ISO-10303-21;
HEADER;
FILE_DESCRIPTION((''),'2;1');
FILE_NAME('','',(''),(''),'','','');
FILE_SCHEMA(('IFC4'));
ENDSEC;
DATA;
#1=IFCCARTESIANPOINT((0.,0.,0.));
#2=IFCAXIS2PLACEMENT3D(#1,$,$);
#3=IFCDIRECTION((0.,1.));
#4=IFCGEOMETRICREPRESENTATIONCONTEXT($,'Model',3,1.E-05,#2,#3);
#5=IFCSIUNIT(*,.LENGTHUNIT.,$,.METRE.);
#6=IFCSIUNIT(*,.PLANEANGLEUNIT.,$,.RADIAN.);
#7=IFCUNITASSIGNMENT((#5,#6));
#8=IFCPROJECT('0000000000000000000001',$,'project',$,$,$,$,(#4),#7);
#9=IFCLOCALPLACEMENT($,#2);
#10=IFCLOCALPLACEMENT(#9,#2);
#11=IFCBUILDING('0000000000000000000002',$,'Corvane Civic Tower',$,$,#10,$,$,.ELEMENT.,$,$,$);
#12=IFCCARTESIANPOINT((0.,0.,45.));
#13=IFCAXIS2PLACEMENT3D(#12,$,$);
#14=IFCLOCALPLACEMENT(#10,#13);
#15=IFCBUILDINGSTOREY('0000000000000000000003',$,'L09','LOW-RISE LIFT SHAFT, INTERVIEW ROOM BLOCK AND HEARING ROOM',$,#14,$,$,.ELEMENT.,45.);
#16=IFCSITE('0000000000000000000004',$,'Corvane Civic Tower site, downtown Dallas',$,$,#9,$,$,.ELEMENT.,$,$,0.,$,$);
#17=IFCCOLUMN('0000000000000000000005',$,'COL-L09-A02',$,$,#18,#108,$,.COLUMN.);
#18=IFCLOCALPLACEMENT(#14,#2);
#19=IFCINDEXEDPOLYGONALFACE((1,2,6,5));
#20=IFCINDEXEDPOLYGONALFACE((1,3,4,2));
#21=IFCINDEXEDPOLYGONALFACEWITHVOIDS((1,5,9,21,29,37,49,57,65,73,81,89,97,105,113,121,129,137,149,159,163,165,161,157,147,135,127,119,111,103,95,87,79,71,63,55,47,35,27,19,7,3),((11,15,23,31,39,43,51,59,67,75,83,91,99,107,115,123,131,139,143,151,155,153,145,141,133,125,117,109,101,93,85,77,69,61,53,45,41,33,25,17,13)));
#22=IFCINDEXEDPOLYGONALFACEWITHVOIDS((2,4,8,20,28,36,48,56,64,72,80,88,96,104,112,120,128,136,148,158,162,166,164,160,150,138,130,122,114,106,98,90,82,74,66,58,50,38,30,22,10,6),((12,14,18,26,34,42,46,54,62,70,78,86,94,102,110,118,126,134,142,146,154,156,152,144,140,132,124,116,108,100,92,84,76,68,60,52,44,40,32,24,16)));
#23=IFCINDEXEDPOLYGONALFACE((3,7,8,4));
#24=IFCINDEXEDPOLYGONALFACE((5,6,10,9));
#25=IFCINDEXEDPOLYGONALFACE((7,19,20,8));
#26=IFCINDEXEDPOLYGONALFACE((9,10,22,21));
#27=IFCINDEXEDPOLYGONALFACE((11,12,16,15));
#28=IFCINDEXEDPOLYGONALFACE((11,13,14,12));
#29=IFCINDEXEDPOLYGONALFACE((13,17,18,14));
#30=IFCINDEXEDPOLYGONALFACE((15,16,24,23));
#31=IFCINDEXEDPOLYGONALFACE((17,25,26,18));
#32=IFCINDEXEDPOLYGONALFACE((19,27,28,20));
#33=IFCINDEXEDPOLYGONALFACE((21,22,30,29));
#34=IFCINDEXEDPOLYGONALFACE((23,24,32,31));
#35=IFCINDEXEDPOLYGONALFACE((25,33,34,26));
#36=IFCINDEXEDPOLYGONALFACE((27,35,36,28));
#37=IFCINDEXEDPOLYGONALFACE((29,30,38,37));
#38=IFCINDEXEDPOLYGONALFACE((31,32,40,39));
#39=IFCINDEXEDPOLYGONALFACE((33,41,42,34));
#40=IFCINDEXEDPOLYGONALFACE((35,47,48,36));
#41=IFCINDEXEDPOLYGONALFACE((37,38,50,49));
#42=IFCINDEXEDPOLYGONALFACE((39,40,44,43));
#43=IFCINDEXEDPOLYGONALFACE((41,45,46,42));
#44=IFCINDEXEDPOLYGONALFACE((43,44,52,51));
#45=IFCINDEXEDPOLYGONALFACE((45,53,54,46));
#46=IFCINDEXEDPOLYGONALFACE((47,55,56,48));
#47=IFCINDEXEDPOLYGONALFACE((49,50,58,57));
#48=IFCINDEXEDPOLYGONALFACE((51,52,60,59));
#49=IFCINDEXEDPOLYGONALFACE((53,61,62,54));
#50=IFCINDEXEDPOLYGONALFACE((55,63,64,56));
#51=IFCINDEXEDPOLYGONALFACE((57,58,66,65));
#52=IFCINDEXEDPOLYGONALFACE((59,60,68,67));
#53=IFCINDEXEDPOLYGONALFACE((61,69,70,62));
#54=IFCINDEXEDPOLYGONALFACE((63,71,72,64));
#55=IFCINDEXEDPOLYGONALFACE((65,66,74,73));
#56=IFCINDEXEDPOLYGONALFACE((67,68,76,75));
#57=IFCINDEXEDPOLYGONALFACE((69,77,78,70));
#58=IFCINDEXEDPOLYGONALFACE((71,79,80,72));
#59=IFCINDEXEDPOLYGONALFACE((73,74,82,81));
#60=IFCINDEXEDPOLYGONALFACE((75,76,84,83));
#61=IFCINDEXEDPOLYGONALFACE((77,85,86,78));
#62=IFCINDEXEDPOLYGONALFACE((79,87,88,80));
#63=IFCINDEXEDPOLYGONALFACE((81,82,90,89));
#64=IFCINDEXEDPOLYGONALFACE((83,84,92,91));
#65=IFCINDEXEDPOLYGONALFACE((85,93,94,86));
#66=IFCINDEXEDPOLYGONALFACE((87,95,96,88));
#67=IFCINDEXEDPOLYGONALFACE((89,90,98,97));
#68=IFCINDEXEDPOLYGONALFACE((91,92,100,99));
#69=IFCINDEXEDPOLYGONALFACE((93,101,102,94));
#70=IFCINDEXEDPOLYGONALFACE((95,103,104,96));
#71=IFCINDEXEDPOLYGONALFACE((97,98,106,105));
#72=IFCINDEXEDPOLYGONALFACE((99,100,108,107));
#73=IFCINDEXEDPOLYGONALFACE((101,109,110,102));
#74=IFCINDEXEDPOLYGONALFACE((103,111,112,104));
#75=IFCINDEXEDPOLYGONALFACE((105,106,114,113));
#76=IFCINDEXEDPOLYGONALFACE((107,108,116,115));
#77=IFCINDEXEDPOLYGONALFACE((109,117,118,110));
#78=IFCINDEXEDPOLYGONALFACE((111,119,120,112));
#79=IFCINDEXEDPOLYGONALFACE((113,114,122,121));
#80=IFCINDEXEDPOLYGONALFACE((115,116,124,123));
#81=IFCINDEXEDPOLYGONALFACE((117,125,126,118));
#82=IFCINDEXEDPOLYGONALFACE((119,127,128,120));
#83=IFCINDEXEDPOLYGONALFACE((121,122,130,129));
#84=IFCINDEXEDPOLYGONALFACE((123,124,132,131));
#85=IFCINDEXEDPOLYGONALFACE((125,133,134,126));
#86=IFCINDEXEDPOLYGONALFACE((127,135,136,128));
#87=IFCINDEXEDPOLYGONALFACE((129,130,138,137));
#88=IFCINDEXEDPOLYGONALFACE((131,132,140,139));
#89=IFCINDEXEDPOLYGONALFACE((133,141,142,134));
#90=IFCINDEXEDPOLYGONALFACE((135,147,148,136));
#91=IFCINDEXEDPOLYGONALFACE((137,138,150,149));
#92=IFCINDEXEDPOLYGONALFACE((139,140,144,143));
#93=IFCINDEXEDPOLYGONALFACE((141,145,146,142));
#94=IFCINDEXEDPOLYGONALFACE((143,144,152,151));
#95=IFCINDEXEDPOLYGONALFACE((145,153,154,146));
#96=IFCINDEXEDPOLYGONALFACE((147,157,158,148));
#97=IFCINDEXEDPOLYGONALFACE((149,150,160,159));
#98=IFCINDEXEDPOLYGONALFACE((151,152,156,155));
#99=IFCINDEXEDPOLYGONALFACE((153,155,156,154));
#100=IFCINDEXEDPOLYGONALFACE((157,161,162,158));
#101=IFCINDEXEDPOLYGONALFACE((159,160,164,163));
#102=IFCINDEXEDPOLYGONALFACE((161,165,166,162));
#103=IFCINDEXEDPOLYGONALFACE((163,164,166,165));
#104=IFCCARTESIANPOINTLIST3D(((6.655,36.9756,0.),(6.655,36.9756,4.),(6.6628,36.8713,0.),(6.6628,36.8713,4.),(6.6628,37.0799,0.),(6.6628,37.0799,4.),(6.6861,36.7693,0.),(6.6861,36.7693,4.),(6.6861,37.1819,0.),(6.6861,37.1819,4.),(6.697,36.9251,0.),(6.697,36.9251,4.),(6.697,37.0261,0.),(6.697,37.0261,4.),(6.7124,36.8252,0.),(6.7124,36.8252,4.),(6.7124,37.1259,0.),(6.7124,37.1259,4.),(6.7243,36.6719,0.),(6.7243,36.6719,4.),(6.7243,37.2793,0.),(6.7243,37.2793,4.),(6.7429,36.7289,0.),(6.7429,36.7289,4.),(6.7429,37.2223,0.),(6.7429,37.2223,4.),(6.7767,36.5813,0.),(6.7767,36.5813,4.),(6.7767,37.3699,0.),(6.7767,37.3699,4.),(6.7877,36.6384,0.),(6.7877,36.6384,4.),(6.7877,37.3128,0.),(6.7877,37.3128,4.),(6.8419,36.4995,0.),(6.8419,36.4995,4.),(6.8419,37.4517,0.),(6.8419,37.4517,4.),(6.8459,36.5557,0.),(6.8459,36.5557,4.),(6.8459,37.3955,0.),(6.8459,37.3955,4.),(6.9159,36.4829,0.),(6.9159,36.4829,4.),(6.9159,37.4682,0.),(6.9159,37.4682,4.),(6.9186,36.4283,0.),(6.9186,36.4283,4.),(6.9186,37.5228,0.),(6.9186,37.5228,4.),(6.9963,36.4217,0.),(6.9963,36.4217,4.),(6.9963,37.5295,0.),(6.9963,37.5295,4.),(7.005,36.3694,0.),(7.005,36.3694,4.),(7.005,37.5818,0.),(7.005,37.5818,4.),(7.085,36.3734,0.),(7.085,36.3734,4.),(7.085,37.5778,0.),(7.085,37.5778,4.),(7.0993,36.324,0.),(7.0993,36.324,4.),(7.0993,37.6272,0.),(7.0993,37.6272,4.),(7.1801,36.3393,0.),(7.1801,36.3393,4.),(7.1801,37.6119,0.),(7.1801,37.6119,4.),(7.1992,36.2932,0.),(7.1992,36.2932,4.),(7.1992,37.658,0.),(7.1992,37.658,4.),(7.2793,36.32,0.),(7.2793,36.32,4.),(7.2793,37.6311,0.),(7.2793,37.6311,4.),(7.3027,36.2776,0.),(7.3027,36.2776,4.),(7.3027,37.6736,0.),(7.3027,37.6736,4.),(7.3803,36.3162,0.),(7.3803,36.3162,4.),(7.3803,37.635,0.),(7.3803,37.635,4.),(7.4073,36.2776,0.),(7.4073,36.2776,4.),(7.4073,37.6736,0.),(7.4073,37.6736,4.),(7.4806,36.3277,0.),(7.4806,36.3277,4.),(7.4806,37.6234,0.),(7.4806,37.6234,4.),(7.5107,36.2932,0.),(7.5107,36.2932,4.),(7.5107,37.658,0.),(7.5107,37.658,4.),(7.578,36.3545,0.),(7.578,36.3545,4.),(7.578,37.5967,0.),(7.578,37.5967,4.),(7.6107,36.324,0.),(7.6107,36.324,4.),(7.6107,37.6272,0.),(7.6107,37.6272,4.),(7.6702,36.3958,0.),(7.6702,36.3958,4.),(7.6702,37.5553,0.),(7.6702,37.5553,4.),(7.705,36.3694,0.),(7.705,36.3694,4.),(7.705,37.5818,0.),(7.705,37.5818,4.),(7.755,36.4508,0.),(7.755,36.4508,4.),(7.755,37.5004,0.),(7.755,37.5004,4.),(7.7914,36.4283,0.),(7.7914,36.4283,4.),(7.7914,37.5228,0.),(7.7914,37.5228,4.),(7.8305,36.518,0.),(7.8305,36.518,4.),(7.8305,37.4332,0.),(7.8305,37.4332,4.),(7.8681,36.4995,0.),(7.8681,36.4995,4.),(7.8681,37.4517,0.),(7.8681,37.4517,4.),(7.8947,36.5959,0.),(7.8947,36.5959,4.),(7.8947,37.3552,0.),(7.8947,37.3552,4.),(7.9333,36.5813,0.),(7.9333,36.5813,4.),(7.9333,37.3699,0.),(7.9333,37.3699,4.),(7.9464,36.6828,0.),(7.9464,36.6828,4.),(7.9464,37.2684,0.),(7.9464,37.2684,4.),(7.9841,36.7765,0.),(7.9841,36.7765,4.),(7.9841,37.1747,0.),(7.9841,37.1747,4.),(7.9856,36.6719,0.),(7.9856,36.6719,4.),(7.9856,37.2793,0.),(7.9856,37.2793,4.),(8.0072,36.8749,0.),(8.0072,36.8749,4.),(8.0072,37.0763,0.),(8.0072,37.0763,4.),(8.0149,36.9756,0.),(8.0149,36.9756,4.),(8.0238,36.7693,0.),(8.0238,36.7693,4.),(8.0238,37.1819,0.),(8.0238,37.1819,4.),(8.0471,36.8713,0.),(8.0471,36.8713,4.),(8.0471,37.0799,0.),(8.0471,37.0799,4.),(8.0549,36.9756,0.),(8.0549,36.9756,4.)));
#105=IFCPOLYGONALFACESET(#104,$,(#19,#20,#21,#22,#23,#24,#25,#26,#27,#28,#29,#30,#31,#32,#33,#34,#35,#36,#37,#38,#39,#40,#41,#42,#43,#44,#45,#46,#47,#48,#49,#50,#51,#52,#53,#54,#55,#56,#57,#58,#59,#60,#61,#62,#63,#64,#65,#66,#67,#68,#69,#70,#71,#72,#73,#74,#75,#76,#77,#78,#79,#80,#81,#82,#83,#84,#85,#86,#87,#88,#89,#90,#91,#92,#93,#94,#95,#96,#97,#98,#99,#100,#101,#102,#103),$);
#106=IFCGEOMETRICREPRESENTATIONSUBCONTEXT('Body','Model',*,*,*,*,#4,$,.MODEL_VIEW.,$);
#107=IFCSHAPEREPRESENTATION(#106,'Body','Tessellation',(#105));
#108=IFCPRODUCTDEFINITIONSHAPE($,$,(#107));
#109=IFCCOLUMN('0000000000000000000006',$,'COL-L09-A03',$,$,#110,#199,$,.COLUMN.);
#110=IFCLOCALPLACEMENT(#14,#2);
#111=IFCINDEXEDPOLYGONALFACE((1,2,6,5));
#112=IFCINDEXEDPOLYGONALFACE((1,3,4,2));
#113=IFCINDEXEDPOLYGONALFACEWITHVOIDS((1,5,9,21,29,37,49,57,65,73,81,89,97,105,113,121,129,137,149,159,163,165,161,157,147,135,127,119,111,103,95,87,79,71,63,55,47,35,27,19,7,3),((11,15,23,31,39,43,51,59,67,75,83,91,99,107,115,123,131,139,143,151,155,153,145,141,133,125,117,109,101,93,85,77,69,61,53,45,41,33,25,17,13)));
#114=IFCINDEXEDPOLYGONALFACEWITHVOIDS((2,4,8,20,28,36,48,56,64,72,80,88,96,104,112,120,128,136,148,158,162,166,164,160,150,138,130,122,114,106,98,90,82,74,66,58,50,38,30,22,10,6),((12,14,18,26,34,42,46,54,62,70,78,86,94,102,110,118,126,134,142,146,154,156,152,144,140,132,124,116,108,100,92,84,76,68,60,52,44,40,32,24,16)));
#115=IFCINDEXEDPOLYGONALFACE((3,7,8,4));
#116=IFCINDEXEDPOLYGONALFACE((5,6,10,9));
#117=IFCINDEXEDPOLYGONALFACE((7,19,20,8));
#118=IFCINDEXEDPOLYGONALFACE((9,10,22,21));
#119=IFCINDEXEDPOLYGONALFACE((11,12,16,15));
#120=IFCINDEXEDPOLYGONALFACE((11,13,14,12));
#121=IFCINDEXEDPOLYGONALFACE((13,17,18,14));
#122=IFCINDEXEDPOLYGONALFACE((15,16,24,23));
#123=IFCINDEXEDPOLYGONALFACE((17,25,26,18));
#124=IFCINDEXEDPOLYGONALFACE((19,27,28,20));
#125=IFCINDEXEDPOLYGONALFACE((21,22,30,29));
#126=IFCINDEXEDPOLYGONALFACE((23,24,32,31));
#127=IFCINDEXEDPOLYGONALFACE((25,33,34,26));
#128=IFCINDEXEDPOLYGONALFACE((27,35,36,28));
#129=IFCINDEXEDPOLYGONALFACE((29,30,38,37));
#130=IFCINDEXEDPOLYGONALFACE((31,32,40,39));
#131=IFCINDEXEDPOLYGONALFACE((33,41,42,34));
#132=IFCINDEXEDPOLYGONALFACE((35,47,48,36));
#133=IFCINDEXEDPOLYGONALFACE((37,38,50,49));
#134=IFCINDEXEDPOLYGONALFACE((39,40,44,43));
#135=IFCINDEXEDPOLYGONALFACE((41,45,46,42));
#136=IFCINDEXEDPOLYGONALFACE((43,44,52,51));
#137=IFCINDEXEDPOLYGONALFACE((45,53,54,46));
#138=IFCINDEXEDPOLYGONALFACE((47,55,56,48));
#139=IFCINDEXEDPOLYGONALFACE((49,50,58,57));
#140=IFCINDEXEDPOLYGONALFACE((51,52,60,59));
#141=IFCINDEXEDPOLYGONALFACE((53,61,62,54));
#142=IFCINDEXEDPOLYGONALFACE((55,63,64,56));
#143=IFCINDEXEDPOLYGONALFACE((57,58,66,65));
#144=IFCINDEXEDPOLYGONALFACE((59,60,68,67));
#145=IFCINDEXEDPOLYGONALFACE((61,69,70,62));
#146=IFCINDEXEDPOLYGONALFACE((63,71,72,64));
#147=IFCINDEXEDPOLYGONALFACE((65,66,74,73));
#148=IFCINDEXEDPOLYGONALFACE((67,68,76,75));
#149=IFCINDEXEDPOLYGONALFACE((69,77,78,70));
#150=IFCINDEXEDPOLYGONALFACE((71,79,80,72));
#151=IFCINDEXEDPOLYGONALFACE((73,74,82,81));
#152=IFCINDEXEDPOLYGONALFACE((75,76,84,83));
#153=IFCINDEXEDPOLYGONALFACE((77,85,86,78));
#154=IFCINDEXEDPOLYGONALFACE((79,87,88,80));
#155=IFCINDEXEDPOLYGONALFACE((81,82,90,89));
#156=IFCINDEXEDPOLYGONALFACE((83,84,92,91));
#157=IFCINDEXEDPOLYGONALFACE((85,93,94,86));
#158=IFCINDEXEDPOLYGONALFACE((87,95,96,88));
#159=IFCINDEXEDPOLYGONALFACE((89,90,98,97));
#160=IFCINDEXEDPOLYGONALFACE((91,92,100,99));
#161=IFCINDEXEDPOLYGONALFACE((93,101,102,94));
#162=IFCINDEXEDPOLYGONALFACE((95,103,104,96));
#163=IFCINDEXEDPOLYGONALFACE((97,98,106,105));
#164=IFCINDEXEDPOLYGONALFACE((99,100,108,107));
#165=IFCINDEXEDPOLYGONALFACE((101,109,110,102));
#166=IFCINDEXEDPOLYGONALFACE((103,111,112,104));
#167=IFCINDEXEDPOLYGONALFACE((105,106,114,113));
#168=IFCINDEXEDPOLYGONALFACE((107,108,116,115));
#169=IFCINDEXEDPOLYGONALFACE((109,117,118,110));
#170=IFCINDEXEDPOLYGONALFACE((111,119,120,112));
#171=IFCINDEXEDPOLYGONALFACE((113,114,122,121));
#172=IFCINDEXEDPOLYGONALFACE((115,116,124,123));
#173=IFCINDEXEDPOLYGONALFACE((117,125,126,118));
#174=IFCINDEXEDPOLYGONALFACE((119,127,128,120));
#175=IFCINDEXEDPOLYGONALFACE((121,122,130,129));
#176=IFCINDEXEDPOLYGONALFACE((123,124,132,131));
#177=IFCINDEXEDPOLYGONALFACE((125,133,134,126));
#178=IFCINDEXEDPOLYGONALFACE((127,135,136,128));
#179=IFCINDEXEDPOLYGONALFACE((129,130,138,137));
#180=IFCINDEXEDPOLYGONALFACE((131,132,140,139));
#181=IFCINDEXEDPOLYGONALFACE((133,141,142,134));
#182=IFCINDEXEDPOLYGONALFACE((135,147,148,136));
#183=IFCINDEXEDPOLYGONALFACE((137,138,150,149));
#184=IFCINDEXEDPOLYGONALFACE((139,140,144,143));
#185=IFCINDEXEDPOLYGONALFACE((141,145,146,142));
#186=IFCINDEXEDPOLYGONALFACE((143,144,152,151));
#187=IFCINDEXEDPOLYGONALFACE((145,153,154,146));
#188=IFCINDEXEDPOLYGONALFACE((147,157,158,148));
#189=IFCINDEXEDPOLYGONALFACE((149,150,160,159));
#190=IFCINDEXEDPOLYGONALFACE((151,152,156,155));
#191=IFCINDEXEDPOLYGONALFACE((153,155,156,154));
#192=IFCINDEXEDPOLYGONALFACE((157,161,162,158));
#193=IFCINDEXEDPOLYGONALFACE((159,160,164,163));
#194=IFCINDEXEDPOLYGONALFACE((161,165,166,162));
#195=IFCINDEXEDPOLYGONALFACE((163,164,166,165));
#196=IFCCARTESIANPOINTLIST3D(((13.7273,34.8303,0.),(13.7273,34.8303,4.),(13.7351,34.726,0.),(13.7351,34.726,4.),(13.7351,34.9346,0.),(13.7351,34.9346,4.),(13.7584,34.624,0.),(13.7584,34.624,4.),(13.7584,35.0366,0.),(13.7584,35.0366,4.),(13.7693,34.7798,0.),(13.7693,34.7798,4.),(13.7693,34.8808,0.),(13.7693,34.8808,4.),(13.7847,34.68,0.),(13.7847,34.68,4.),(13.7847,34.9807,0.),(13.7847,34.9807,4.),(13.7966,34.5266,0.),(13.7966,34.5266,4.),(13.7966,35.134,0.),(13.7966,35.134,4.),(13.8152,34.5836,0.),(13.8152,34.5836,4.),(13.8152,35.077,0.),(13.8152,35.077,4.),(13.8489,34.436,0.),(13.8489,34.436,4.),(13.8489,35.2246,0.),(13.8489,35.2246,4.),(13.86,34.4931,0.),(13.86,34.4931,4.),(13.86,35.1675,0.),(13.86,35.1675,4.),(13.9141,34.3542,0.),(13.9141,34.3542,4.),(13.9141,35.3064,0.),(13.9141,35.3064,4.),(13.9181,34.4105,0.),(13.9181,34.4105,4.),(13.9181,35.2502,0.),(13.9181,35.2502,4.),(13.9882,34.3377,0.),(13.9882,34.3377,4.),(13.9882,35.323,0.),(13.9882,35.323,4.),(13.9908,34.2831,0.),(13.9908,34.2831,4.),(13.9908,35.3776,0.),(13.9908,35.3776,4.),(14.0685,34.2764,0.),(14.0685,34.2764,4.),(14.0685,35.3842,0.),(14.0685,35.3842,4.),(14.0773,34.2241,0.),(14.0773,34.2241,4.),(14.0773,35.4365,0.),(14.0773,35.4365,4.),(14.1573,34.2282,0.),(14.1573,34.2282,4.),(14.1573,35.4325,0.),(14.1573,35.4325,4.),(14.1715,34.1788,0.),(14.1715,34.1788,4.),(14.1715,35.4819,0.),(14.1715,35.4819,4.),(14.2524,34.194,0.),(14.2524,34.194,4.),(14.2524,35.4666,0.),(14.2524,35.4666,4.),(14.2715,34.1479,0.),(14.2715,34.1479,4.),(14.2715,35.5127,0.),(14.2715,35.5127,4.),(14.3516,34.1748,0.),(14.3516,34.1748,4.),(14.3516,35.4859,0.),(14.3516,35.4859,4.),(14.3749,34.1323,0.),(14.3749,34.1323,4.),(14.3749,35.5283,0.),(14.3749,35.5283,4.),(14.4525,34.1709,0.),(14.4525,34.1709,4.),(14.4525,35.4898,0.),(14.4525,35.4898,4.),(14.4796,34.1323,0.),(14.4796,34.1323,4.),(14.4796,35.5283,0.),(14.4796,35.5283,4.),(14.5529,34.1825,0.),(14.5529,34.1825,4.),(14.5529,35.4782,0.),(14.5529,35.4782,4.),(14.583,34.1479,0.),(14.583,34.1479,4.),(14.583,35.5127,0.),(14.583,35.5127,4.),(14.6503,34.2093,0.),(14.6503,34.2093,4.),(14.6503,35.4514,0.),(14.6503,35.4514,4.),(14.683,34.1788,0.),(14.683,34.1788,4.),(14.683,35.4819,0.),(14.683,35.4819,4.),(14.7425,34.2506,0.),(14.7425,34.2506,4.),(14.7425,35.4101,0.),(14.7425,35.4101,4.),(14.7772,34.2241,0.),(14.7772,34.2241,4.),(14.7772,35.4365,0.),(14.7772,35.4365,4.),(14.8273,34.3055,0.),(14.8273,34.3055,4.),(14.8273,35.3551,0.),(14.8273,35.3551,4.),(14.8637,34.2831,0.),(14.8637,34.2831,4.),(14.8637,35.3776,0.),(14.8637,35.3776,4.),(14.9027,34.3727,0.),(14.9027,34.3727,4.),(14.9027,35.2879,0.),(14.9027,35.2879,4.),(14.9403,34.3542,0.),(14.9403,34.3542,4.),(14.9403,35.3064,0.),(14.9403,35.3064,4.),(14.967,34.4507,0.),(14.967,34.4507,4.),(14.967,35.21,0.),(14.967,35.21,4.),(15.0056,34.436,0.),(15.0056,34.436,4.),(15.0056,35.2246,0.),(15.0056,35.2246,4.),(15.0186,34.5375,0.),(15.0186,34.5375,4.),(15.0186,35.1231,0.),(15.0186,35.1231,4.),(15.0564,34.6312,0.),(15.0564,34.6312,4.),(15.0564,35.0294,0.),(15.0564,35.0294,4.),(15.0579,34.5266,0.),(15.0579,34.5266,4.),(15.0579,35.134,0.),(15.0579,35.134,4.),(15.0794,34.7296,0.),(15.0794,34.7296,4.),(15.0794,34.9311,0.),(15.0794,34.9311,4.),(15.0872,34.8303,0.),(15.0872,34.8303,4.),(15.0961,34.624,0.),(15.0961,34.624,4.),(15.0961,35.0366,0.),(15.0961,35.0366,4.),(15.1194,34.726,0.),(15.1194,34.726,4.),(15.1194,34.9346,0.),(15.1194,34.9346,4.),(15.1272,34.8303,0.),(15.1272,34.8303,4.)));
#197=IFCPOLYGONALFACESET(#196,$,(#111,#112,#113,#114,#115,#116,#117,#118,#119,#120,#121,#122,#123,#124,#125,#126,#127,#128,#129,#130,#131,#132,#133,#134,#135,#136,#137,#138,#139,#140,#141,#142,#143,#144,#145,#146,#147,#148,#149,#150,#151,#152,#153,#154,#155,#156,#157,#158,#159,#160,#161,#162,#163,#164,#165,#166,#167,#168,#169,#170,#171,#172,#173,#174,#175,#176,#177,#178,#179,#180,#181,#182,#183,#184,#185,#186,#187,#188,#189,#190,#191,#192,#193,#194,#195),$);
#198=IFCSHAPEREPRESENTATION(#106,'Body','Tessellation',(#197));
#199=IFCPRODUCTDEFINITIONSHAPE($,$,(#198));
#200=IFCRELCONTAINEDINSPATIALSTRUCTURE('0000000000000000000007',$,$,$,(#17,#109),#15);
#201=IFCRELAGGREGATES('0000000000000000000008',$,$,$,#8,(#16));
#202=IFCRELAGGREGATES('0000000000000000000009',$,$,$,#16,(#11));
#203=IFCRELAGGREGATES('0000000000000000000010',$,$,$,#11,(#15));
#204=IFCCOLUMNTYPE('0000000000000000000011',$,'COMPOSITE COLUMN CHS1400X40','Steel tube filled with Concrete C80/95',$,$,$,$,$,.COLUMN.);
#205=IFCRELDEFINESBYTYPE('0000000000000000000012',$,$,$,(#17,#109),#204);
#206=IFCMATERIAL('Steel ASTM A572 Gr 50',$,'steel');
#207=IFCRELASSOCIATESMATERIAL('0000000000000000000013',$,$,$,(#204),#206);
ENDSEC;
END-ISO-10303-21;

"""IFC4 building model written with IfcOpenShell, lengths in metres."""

from ifc_helpers import new_model, si_unit, direction, frame, origin, origin_2d, place, context, subcontext, project, spatial, hollow_circle, extrude, material, material_profile, profile_set, type_object, element, save


model = new_model("IFC4")

# Units and contexts
model_context = context("Model", 3, precision=1e-05, world=origin(), true_north=direction((0.0, 1.0)))
body_context = subcontext(model_context, "Body", "Model", "MODEL_VIEW")
ifc_project = project(units=[si_unit("LENGTHUNIT", "METRE"), si_unit("PLANEANGLEUNIT", "RADIAN")], contexts=[model_context])

# Site, building, storey
site_placement = place(None, origin())
site = spatial("IfcSite", under=ifc_project, at=site_placement, Name="Corvane Civic Tower site, downtown Dallas", CompositionType="ELEMENT", RefElevation=0.0)
building_placement = place(site_placement, origin())
building = spatial("IfcBuilding", under=site, at=building_placement, Name="Corvane Civic Tower", CompositionType="ELEMENT")
storey_placement = place(building_placement, frame((0.0, 0.0, 45.0)))
storey = spatial("IfcBuildingStorey", under=building, at=storey_placement, Name="L09", Description="LOW-RISE LIFT SHAFT, INTERVIEW ROOM BLOCK AND HEARING ROOM", CompositionType="ELEMENT", Elevation=45.0)

# Columns
ifc_material_1 = material(Name="Steel ASTM A572 Gr 50", Category="steel")
ifc_material_profile_1 = material_profile(ifc_material_1, hollow_circle(Radius=0.7, WallThickness=0.04, at=origin_2d()), Name="CHS1400X40")
ifc_profile_set_1 = profile_set([ifc_material_profile_1], Name="Steel ASTM A572 Gr 50")
column_type = type_object("IfcColumnType", Name="COMPOSITE COLUMN CHS1400X40", Description="Steel tube filled with Concrete C80/95", PredefinedType="COLUMN", material=ifc_profile_set_1)
for number, where, z_axis, x_axis, name in (
    (1, (7.355, 36.9756, 0.0), (0.0, 0.0, 1.0), (1.0, 0.0, 0.0), "COL-L09-A02"),
    (2, (14.4272, 34.8303, 0.0), (0.0, 0.0, 1.0), (1.0, 0.0, 0.0), "COL-L09-A03"),
):
    element("IfcColumn", number, at=place(storey_placement, frame(where, z_axis=z_axis, x_axis=x_axis)), inside=storey, type_object=column_type, Name=name, PredefinedType="COLUMN", context=body_context, shape_type="SweptSolid", body=[
        extrude(hollow_circle(Radius=0.7, WallThickness=0.04, at=origin_2d()), origin(), (0.0, 0.0, 1.0), 4.0),
    ])

save(model, "model.ifc")
